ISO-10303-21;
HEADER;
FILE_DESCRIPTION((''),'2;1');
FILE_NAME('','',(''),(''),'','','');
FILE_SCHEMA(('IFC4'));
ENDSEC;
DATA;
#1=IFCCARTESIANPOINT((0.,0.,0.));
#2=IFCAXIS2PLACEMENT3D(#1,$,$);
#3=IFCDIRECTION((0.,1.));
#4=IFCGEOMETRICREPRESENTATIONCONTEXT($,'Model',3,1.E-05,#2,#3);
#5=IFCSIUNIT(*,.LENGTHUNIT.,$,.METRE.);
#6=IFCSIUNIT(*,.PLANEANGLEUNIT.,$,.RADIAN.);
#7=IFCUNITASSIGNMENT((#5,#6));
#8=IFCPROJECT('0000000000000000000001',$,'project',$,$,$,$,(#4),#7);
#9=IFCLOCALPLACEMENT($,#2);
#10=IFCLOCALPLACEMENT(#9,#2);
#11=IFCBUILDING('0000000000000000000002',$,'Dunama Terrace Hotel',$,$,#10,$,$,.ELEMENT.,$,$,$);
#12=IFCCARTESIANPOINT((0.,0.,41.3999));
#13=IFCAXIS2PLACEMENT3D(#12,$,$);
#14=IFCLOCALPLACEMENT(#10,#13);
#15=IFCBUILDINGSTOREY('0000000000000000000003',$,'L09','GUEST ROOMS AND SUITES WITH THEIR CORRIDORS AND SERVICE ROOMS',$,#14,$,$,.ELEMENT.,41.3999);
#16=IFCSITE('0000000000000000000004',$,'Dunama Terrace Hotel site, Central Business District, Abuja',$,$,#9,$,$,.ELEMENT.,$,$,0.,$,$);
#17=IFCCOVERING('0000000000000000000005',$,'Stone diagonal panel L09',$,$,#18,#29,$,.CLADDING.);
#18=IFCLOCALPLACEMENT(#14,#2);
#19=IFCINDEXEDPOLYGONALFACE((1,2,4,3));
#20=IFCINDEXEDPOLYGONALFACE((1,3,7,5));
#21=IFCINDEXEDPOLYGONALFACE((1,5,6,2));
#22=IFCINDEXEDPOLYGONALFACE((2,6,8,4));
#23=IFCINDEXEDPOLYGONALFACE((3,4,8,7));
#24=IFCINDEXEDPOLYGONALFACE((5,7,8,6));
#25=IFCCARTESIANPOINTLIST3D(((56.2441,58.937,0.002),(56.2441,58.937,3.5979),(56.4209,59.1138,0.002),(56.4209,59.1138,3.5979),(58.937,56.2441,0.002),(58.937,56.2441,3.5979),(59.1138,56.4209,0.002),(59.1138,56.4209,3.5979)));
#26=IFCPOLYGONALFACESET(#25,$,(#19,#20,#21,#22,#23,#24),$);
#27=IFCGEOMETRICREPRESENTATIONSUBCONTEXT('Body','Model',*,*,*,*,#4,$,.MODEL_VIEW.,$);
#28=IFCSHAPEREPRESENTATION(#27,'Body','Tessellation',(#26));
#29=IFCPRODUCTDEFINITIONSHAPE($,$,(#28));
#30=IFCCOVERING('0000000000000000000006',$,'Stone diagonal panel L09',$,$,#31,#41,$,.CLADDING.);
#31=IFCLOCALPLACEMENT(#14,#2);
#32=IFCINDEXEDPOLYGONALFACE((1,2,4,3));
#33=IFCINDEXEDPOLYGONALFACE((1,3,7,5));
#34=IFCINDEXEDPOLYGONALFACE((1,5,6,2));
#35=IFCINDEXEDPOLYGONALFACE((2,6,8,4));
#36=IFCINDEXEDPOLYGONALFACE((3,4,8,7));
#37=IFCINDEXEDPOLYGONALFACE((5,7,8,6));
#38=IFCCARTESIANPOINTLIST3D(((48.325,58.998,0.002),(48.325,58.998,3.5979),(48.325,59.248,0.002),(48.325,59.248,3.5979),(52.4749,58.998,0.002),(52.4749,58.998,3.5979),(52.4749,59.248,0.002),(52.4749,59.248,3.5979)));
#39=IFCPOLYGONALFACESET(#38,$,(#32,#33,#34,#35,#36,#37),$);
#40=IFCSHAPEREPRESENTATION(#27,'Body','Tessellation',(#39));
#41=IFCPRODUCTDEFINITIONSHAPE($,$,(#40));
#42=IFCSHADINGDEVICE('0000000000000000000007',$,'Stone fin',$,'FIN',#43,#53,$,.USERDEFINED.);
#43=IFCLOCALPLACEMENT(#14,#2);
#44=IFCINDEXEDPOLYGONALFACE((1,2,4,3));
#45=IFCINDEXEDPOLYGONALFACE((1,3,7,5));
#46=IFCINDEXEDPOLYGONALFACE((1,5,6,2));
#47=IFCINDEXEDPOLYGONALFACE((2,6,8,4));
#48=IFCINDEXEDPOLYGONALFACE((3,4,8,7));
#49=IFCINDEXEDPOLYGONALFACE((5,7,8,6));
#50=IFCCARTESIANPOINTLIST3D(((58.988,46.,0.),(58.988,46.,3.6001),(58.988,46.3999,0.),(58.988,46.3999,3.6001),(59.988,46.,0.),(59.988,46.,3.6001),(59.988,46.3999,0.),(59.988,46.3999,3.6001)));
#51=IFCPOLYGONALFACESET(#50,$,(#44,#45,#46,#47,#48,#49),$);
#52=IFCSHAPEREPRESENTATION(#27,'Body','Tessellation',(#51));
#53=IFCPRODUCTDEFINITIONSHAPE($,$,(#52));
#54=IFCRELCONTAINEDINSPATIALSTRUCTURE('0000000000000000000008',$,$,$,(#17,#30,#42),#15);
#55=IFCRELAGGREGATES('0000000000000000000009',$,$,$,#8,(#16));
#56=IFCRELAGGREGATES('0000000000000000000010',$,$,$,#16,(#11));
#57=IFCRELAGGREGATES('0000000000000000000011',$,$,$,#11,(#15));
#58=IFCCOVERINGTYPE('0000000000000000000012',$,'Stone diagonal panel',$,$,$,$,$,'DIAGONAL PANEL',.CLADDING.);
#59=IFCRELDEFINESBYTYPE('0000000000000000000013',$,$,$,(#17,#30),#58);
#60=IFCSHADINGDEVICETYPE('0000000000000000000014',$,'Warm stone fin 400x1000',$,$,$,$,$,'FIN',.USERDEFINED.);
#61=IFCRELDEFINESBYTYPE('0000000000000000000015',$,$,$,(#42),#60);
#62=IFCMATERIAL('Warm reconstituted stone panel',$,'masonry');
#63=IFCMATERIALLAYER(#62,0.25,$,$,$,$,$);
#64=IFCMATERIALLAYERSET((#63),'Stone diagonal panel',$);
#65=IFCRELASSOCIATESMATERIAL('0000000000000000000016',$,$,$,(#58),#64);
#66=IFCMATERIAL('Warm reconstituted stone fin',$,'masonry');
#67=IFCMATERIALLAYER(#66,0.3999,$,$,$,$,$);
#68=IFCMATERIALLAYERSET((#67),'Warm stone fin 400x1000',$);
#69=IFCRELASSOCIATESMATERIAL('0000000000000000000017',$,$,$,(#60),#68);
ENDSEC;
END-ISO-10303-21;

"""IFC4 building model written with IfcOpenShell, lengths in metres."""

from ifc_helpers import new_model, si_unit, direction, frame, origin, origin_2d, place, context, subcontext, project, spatial, rectangle, extrude, material, layer, layer_set, type_object, element, save


model = new_model("IFC4")

# Units and contexts
model_context = context("Model", 3, precision=1e-05, world=origin(), true_north=direction((0.0, 1.0)))
body_context = subcontext(model_context, "Body", "Model", "MODEL_VIEW")
ifc_project = project(units=[si_unit("LENGTHUNIT", "METRE"), si_unit("PLANEANGLEUNIT", "RADIAN")], contexts=[model_context])

# Site, building, storey
site_placement = place(None, origin())
site = spatial("IfcSite", under=ifc_project, at=site_placement, Name="Dunama Terrace Hotel site, Central Business District, Abuja", CompositionType="ELEMENT", RefElevation=0.0)
building_placement = place(site_placement, origin())
building = spatial("IfcBuilding", under=site, at=building_placement, Name="Dunama Terrace Hotel", CompositionType="ELEMENT")
storey_placement = place(building_placement, frame((0.0, 0.0, 41.3999)))
storey = spatial("IfcBuildingStorey", under=building, at=storey_placement, Name="L09", Description="GUEST ROOMS AND SUITES WITH THEIR CORRIDORS AND SERVICE ROOMS", CompositionType="ELEMENT", Elevation=41.3999)

# Coverings
ifc_material_1 = material(Name="Warm reconstituted stone panel", Category="masonry")
ifc_layer_1 = layer(ifc_material_1, 0.25)
ifc_layer_set_1 = layer_set([ifc_layer_1], Name="Stone diagonal panel")
covering_type = type_object("IfcCoveringType", Name="Stone diagonal panel", ElementType="DIAGONAL PANEL", PredefinedType="CLADDING", material=ifc_layer_set_1)
covering_1_placement = place(storey_placement, frame((57.679, 57.679, 0.002), z_axis=(0.0, 0.0, 1.0), x_axis=(-0.707107, 0.707107, 0.0)))
element("IfcCovering", 1, at=covering_1_placement, inside=storey, type_object=covering_type, Name="Stone diagonal panel L09", PredefinedType="CLADDING", context=body_context, shape_type="SweptSolid", body=[
    extrude(rectangle(XDim=3.8083, YDim=0.25, at=origin_2d()), origin(), (0.0, 0.0, 1.0), 3.5959),
])
covering_2_placement = place(storey_placement, frame((50.3999, 59.123, 0.002), z_axis=(0.0, 0.0, 1.0), x_axis=(-1.0, 0.0, 0.0)))
element("IfcCovering", 2, at=covering_2_placement, inside=storey, type_object=covering_type, Name="Stone diagonal panel L09", PredefinedType="CLADDING", context=body_context, shape_type="SweptSolid", body=[
    extrude(rectangle(XDim=4.1499, YDim=0.25, at=origin_2d()), origin(), (0.0, 0.0, 1.0), 3.5959),
])

# Shading device
ifc_material_2 = material(Name="Warm reconstituted stone fin", Category="masonry")
ifc_layer_2 = layer(ifc_material_2, 0.3999)
ifc_layer_set_2 = layer_set([ifc_layer_2], Name="Warm stone fin 400x1000")
shading_device_type = type_object("IfcShadingDeviceType", Name="Warm stone fin 400x1000", ElementType="FIN", PredefinedType="USERDEFINED", material=ifc_layer_set_2)
shading_device_placement = place(storey_placement, frame((59.488, 46.2, 0.0), z_axis=(0.0, 0.0, 1.0), x_axis=(0.0, 1.0, 0.0)))
element("IfcShadingDevice", 3, at=shading_device_placement, inside=storey, type_object=shading_device_type, Name="Stone fin", ObjectType="FIN", PredefinedType="USERDEFINED", context=body_context, shape_type="SweptSolid", body=[
    extrude(rectangle(XDim=0.3999, YDim=1.0, at=origin_2d()), origin(), (0.0, 0.0, 1.0), 3.6001),
])

save(model, "model.ifc")
